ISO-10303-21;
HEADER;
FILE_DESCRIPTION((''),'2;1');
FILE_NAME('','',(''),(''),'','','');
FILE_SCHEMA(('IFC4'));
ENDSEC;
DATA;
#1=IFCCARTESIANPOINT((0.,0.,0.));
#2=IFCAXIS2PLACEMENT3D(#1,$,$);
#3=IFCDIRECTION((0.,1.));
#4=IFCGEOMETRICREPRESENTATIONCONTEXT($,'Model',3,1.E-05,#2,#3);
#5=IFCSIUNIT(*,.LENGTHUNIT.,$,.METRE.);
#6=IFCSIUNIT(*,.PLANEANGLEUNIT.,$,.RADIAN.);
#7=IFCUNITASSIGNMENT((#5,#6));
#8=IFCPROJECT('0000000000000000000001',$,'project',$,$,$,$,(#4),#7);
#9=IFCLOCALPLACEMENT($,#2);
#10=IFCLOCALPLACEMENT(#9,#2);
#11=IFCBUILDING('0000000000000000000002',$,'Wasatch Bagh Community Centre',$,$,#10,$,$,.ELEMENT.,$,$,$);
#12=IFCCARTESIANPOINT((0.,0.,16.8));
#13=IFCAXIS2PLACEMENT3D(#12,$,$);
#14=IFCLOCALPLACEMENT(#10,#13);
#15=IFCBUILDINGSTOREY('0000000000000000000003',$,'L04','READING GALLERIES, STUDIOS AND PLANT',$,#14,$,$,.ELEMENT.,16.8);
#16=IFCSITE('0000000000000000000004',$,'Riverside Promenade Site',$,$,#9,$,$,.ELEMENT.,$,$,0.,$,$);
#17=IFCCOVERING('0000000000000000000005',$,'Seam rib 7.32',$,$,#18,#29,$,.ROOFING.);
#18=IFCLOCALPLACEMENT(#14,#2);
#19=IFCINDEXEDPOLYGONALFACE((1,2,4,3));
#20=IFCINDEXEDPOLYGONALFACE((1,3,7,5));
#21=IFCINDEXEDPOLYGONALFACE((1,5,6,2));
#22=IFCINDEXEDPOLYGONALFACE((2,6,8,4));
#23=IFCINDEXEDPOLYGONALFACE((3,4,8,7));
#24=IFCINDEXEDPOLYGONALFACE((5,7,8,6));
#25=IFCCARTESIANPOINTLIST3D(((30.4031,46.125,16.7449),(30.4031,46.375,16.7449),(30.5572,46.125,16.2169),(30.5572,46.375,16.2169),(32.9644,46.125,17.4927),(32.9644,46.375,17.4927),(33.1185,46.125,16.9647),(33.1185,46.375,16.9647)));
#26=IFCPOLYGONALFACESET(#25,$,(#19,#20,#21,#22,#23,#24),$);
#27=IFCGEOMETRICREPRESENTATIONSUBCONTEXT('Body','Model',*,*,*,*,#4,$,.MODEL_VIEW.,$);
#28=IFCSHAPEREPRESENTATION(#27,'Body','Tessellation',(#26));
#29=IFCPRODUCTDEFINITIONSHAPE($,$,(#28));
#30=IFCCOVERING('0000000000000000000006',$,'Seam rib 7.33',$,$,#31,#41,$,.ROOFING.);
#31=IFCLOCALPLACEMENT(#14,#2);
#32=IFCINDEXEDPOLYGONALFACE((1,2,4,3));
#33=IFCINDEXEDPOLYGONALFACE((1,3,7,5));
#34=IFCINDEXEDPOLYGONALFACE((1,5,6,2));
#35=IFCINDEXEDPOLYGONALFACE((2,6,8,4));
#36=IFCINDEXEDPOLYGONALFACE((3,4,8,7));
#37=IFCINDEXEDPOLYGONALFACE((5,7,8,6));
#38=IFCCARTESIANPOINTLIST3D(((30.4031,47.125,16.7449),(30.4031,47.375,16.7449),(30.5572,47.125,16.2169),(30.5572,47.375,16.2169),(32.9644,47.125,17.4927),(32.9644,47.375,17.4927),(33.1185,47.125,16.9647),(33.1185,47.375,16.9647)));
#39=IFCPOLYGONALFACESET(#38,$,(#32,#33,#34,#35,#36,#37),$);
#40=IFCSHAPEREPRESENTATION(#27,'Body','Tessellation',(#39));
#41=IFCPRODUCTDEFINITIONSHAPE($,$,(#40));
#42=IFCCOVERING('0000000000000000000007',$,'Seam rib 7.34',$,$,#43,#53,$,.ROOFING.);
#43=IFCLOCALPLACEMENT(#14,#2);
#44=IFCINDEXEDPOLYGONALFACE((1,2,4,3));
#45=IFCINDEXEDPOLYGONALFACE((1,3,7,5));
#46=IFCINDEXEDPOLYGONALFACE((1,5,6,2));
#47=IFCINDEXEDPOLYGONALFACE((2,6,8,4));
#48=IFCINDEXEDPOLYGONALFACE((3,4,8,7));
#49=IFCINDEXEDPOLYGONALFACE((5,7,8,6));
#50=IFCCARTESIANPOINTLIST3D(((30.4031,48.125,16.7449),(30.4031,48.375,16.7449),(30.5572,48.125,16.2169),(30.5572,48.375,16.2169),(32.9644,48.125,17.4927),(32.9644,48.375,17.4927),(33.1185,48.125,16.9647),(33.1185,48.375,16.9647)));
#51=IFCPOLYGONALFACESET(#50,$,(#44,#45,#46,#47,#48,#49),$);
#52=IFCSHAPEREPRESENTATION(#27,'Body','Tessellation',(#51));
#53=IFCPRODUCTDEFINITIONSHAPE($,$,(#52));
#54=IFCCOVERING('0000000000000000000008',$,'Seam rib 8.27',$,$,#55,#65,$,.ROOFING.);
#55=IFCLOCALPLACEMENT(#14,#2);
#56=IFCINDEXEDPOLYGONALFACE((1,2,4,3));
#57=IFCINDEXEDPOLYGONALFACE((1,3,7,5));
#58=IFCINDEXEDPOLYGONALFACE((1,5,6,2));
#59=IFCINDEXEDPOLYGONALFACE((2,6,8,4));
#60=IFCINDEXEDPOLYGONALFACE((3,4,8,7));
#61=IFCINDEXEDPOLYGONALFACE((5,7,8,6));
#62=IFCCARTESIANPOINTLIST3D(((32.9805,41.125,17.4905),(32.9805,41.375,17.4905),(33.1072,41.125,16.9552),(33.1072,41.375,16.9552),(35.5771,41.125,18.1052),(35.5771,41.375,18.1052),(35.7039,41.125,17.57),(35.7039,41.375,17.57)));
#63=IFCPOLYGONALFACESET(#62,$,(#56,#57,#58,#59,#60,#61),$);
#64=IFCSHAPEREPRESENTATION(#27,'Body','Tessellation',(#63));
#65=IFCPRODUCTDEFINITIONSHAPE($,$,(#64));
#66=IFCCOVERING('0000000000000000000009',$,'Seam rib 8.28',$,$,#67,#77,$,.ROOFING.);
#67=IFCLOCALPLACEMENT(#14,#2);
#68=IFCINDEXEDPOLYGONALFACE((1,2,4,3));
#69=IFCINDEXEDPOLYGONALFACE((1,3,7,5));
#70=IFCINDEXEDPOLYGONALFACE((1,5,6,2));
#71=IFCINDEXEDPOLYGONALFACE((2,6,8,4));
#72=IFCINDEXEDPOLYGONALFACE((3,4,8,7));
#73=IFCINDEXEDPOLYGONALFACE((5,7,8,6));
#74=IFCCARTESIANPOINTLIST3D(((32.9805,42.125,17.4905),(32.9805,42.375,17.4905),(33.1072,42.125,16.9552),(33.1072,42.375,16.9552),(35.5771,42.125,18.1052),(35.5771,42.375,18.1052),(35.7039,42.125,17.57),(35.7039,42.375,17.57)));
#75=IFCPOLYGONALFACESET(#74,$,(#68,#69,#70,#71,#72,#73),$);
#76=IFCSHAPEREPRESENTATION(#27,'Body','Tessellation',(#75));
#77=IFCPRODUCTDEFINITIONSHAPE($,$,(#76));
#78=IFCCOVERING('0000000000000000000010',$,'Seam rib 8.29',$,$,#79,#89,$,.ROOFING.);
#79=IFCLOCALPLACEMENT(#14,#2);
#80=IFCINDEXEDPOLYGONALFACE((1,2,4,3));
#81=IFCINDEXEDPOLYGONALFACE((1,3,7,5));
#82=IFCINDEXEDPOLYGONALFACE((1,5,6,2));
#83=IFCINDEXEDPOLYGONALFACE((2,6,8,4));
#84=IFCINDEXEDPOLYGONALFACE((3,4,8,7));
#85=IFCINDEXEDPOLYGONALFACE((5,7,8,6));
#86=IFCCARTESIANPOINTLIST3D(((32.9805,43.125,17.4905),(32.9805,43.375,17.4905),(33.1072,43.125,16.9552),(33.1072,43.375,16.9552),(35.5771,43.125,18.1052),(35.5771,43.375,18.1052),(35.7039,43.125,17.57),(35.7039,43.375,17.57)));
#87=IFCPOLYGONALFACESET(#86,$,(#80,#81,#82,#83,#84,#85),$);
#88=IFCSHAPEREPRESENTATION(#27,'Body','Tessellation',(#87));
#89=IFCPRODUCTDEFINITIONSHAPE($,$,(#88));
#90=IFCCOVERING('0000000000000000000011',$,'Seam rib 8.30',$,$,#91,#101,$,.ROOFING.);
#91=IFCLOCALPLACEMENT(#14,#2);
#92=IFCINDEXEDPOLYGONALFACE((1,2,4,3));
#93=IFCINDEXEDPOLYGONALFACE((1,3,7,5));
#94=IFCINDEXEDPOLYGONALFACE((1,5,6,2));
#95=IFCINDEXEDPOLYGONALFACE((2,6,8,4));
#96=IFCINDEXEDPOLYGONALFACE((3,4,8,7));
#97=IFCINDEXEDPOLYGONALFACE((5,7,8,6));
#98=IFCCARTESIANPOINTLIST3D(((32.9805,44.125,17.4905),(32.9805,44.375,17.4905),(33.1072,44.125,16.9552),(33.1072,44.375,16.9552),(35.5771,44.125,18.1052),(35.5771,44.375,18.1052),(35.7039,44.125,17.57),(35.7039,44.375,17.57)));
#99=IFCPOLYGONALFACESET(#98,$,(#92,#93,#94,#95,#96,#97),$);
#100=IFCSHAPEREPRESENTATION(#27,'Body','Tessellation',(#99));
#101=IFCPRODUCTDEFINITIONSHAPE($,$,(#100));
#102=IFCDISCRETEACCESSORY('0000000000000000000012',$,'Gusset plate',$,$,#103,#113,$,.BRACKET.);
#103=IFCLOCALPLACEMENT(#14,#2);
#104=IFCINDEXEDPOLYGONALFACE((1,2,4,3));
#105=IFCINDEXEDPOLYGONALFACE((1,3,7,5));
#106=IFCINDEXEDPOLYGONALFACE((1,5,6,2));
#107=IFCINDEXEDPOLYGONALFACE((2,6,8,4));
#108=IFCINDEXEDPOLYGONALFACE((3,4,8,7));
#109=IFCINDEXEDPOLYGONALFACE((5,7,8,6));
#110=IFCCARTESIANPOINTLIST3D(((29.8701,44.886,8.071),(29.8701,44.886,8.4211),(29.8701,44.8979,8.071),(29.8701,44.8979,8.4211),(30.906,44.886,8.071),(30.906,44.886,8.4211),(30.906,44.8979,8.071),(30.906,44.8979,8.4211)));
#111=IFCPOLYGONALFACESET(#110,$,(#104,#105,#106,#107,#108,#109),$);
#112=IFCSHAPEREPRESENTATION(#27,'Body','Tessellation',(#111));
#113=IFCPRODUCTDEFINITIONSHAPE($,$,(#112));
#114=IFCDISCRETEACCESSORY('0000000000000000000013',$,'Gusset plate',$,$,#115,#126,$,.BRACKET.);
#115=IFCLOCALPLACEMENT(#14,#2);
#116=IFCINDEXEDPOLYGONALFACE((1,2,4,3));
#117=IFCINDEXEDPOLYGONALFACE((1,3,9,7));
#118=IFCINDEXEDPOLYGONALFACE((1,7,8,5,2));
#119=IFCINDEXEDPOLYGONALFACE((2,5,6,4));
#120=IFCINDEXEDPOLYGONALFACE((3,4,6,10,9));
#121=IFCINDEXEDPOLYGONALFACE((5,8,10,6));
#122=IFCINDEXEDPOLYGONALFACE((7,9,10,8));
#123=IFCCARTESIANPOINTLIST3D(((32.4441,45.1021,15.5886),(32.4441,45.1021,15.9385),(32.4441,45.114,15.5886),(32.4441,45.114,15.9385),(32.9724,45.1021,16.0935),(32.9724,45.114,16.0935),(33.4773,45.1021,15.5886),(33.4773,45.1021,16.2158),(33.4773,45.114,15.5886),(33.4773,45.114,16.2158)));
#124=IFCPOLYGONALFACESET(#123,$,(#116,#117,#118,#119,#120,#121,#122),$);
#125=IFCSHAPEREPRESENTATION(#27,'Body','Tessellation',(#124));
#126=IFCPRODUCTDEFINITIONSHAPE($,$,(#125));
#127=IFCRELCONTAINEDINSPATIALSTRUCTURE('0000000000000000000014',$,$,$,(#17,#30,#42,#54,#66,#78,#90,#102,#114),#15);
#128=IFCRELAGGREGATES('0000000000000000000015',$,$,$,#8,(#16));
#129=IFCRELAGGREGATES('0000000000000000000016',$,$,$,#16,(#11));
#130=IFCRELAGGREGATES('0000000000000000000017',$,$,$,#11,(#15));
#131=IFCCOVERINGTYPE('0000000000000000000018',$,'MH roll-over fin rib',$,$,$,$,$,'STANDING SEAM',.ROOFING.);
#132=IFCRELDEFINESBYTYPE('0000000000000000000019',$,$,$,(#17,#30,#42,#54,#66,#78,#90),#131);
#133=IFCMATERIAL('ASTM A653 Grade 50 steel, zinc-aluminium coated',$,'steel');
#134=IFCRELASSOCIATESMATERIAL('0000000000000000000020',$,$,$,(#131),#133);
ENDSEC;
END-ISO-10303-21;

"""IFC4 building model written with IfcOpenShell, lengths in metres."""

from ifc_helpers import new_model, si_unit, direction, frame, origin, place, context, subcontext, project, spatial, polyline, outline, extrude, material, type_object, element, save


model = new_model("IFC4")

# Units and contexts
model_context = context("Model", 3, precision=1e-05, world=origin(), true_north=direction((0.0, 1.0)))
body_context = subcontext(model_context, "Body", "Model", "MODEL_VIEW")
ifc_project = project(units=[si_unit("LENGTHUNIT", "METRE"), si_unit("PLANEANGLEUNIT", "RADIAN")], contexts=[model_context])

# Site, building, storey
site_placement = place(None, origin())
site = spatial("IfcSite", under=ifc_project, at=site_placement, Name="Riverside Promenade Site", CompositionType="ELEMENT", RefElevation=0.0)
building_placement = place(site_placement, origin())
building = spatial("IfcBuilding", under=site, at=building_placement, Name="Wasatch Bagh Community Centre", CompositionType="ELEMENT")
storey_placement = place(building_placement, frame((0.0, 0.0, 16.8)))
storey = spatial("IfcBuildingStorey", under=building, at=storey_placement, Name="L04", Description="READING GALLERIES, STUDIOS AND PLANT", CompositionType="ELEMENT", Elevation=16.8)

# Coverings
ifc_material_1 = material(Name="ASTM A653 Grade 50 steel, zinc-aluminium coated", Category="steel")
covering_type = type_object("IfcCoveringType", Name="MH roll-over fin rib", ElementType="STANDING SEAM", PredefinedType="ROOFING", material=ifc_material_1)
for number, where, z_axis, x_axis, name in (
    (1, (30.4031, 46.125, 16.7449), (-0.280264, 0.0, 0.959923), (0.959923, 0.0, 0.280264), "Seam rib 7.32"),
    (2, (30.4031, 47.125, 16.7449), (-0.280264, 0.0, 0.959923), (0.959923, 0.0, 0.280264), "Seam rib 7.33"),
    (3, (30.4031, 48.125, 16.7449), (-0.280264, 0.0, 0.959923), (0.959923, 0.0, 0.280264), "Seam rib 7.34"),
):
    element("IfcCovering", number, at=place(storey_placement, frame(where, z_axis=z_axis, x_axis=x_axis)), inside=storey, type_object=covering_type, Name=name, PredefinedType="ROOFING", context=body_context, shape_type="SweptSolid", body=[
        extrude(outline(polyline([(0.0, 0.0), (2.6682, 0.0), (2.6682, 0.25), (0.0, 0.25), (0.0, 0.0)])), origin(), (0.0, 0.0, -1.0), 0.55),
    ])
for number, where, z_axis, x_axis, name in (
    (4, (32.9805, 41.125, 17.4905), (-0.230375, 0.0, 0.973102), (0.973102, 0.0, 0.230375), "Seam rib 8.27"),
    (5, (32.9805, 42.125, 17.4905), (-0.230375, 0.0, 0.973102), (0.973102, 0.0, 0.230375), "Seam rib 8.28"),
    (6, (32.9805, 43.125, 17.4905), (-0.230375, 0.0, 0.973102), (0.973102, 0.0, 0.230375), "Seam rib 8.29"),
    (7, (32.9805, 44.125, 17.4905), (-0.230375, 0.0, 0.973102), (0.973102, 0.0, 0.230375), "Seam rib 8.30"),
):
    element("IfcCovering", number, at=place(storey_placement, frame(where, z_axis=z_axis, x_axis=x_axis)), inside=storey, type_object=covering_type, Name=name, PredefinedType="ROOFING", context=body_context, shape_type="SweptSolid", body=[
        extrude(outline(polyline([(0.0, 0.0), (2.6685, 0.0), (2.6685, 0.25), (0.0, 0.25), (0.0, 0.0)])), origin(), (0.0, 0.0, -1.0), 0.55),
    ])

# Discrete accessories
discrete_accessory_1_placement = place(storey_placement, frame((29.8701, 44.886, 8.071), z_axis=(0.0, -1.0, 0.0), x_axis=(1.0, 0.0, 0.0)))
element("IfcDiscreteAccessory", 8, at=discrete_accessory_1_placement, inside=storey, Name="Gusset plate", PredefinedType="BRACKET", context=body_context, shape_type="SweptSolid", body=[
    extrude(outline(polyline([(0.0, 0.0), (1.0359, 0.0), (1.0359, 0.3501), (0.0, 0.3501), (0.0, 0.0)])), origin(), (0.0, 0.0, -1.0), 0.012),
])
discrete_accessory_2_placement = place(storey_placement, frame((32.4441, 45.114, 15.9385), z_axis=(0.0, 1.0, 0.0), x_axis=(0.959542, 0.0, 0.281566)))
element("IfcDiscreteAccessory", 9, at=discrete_accessory_2_placement, inside=storey, Name="Gusset plate", PredefinedType="BRACKET", context=body_context, shape_type="SweptSolid", body=[
    extrude(outline(polyline([(0.0, 0.0), (0.5506, 0.0), (1.0695, 0.0248), (0.8929, 0.6266), (-0.0985, 0.3357), (0.0, 0.0)])), origin(), (0.0, 0.0, -1.0), 0.012),
])

save(model, "model.ifc")
